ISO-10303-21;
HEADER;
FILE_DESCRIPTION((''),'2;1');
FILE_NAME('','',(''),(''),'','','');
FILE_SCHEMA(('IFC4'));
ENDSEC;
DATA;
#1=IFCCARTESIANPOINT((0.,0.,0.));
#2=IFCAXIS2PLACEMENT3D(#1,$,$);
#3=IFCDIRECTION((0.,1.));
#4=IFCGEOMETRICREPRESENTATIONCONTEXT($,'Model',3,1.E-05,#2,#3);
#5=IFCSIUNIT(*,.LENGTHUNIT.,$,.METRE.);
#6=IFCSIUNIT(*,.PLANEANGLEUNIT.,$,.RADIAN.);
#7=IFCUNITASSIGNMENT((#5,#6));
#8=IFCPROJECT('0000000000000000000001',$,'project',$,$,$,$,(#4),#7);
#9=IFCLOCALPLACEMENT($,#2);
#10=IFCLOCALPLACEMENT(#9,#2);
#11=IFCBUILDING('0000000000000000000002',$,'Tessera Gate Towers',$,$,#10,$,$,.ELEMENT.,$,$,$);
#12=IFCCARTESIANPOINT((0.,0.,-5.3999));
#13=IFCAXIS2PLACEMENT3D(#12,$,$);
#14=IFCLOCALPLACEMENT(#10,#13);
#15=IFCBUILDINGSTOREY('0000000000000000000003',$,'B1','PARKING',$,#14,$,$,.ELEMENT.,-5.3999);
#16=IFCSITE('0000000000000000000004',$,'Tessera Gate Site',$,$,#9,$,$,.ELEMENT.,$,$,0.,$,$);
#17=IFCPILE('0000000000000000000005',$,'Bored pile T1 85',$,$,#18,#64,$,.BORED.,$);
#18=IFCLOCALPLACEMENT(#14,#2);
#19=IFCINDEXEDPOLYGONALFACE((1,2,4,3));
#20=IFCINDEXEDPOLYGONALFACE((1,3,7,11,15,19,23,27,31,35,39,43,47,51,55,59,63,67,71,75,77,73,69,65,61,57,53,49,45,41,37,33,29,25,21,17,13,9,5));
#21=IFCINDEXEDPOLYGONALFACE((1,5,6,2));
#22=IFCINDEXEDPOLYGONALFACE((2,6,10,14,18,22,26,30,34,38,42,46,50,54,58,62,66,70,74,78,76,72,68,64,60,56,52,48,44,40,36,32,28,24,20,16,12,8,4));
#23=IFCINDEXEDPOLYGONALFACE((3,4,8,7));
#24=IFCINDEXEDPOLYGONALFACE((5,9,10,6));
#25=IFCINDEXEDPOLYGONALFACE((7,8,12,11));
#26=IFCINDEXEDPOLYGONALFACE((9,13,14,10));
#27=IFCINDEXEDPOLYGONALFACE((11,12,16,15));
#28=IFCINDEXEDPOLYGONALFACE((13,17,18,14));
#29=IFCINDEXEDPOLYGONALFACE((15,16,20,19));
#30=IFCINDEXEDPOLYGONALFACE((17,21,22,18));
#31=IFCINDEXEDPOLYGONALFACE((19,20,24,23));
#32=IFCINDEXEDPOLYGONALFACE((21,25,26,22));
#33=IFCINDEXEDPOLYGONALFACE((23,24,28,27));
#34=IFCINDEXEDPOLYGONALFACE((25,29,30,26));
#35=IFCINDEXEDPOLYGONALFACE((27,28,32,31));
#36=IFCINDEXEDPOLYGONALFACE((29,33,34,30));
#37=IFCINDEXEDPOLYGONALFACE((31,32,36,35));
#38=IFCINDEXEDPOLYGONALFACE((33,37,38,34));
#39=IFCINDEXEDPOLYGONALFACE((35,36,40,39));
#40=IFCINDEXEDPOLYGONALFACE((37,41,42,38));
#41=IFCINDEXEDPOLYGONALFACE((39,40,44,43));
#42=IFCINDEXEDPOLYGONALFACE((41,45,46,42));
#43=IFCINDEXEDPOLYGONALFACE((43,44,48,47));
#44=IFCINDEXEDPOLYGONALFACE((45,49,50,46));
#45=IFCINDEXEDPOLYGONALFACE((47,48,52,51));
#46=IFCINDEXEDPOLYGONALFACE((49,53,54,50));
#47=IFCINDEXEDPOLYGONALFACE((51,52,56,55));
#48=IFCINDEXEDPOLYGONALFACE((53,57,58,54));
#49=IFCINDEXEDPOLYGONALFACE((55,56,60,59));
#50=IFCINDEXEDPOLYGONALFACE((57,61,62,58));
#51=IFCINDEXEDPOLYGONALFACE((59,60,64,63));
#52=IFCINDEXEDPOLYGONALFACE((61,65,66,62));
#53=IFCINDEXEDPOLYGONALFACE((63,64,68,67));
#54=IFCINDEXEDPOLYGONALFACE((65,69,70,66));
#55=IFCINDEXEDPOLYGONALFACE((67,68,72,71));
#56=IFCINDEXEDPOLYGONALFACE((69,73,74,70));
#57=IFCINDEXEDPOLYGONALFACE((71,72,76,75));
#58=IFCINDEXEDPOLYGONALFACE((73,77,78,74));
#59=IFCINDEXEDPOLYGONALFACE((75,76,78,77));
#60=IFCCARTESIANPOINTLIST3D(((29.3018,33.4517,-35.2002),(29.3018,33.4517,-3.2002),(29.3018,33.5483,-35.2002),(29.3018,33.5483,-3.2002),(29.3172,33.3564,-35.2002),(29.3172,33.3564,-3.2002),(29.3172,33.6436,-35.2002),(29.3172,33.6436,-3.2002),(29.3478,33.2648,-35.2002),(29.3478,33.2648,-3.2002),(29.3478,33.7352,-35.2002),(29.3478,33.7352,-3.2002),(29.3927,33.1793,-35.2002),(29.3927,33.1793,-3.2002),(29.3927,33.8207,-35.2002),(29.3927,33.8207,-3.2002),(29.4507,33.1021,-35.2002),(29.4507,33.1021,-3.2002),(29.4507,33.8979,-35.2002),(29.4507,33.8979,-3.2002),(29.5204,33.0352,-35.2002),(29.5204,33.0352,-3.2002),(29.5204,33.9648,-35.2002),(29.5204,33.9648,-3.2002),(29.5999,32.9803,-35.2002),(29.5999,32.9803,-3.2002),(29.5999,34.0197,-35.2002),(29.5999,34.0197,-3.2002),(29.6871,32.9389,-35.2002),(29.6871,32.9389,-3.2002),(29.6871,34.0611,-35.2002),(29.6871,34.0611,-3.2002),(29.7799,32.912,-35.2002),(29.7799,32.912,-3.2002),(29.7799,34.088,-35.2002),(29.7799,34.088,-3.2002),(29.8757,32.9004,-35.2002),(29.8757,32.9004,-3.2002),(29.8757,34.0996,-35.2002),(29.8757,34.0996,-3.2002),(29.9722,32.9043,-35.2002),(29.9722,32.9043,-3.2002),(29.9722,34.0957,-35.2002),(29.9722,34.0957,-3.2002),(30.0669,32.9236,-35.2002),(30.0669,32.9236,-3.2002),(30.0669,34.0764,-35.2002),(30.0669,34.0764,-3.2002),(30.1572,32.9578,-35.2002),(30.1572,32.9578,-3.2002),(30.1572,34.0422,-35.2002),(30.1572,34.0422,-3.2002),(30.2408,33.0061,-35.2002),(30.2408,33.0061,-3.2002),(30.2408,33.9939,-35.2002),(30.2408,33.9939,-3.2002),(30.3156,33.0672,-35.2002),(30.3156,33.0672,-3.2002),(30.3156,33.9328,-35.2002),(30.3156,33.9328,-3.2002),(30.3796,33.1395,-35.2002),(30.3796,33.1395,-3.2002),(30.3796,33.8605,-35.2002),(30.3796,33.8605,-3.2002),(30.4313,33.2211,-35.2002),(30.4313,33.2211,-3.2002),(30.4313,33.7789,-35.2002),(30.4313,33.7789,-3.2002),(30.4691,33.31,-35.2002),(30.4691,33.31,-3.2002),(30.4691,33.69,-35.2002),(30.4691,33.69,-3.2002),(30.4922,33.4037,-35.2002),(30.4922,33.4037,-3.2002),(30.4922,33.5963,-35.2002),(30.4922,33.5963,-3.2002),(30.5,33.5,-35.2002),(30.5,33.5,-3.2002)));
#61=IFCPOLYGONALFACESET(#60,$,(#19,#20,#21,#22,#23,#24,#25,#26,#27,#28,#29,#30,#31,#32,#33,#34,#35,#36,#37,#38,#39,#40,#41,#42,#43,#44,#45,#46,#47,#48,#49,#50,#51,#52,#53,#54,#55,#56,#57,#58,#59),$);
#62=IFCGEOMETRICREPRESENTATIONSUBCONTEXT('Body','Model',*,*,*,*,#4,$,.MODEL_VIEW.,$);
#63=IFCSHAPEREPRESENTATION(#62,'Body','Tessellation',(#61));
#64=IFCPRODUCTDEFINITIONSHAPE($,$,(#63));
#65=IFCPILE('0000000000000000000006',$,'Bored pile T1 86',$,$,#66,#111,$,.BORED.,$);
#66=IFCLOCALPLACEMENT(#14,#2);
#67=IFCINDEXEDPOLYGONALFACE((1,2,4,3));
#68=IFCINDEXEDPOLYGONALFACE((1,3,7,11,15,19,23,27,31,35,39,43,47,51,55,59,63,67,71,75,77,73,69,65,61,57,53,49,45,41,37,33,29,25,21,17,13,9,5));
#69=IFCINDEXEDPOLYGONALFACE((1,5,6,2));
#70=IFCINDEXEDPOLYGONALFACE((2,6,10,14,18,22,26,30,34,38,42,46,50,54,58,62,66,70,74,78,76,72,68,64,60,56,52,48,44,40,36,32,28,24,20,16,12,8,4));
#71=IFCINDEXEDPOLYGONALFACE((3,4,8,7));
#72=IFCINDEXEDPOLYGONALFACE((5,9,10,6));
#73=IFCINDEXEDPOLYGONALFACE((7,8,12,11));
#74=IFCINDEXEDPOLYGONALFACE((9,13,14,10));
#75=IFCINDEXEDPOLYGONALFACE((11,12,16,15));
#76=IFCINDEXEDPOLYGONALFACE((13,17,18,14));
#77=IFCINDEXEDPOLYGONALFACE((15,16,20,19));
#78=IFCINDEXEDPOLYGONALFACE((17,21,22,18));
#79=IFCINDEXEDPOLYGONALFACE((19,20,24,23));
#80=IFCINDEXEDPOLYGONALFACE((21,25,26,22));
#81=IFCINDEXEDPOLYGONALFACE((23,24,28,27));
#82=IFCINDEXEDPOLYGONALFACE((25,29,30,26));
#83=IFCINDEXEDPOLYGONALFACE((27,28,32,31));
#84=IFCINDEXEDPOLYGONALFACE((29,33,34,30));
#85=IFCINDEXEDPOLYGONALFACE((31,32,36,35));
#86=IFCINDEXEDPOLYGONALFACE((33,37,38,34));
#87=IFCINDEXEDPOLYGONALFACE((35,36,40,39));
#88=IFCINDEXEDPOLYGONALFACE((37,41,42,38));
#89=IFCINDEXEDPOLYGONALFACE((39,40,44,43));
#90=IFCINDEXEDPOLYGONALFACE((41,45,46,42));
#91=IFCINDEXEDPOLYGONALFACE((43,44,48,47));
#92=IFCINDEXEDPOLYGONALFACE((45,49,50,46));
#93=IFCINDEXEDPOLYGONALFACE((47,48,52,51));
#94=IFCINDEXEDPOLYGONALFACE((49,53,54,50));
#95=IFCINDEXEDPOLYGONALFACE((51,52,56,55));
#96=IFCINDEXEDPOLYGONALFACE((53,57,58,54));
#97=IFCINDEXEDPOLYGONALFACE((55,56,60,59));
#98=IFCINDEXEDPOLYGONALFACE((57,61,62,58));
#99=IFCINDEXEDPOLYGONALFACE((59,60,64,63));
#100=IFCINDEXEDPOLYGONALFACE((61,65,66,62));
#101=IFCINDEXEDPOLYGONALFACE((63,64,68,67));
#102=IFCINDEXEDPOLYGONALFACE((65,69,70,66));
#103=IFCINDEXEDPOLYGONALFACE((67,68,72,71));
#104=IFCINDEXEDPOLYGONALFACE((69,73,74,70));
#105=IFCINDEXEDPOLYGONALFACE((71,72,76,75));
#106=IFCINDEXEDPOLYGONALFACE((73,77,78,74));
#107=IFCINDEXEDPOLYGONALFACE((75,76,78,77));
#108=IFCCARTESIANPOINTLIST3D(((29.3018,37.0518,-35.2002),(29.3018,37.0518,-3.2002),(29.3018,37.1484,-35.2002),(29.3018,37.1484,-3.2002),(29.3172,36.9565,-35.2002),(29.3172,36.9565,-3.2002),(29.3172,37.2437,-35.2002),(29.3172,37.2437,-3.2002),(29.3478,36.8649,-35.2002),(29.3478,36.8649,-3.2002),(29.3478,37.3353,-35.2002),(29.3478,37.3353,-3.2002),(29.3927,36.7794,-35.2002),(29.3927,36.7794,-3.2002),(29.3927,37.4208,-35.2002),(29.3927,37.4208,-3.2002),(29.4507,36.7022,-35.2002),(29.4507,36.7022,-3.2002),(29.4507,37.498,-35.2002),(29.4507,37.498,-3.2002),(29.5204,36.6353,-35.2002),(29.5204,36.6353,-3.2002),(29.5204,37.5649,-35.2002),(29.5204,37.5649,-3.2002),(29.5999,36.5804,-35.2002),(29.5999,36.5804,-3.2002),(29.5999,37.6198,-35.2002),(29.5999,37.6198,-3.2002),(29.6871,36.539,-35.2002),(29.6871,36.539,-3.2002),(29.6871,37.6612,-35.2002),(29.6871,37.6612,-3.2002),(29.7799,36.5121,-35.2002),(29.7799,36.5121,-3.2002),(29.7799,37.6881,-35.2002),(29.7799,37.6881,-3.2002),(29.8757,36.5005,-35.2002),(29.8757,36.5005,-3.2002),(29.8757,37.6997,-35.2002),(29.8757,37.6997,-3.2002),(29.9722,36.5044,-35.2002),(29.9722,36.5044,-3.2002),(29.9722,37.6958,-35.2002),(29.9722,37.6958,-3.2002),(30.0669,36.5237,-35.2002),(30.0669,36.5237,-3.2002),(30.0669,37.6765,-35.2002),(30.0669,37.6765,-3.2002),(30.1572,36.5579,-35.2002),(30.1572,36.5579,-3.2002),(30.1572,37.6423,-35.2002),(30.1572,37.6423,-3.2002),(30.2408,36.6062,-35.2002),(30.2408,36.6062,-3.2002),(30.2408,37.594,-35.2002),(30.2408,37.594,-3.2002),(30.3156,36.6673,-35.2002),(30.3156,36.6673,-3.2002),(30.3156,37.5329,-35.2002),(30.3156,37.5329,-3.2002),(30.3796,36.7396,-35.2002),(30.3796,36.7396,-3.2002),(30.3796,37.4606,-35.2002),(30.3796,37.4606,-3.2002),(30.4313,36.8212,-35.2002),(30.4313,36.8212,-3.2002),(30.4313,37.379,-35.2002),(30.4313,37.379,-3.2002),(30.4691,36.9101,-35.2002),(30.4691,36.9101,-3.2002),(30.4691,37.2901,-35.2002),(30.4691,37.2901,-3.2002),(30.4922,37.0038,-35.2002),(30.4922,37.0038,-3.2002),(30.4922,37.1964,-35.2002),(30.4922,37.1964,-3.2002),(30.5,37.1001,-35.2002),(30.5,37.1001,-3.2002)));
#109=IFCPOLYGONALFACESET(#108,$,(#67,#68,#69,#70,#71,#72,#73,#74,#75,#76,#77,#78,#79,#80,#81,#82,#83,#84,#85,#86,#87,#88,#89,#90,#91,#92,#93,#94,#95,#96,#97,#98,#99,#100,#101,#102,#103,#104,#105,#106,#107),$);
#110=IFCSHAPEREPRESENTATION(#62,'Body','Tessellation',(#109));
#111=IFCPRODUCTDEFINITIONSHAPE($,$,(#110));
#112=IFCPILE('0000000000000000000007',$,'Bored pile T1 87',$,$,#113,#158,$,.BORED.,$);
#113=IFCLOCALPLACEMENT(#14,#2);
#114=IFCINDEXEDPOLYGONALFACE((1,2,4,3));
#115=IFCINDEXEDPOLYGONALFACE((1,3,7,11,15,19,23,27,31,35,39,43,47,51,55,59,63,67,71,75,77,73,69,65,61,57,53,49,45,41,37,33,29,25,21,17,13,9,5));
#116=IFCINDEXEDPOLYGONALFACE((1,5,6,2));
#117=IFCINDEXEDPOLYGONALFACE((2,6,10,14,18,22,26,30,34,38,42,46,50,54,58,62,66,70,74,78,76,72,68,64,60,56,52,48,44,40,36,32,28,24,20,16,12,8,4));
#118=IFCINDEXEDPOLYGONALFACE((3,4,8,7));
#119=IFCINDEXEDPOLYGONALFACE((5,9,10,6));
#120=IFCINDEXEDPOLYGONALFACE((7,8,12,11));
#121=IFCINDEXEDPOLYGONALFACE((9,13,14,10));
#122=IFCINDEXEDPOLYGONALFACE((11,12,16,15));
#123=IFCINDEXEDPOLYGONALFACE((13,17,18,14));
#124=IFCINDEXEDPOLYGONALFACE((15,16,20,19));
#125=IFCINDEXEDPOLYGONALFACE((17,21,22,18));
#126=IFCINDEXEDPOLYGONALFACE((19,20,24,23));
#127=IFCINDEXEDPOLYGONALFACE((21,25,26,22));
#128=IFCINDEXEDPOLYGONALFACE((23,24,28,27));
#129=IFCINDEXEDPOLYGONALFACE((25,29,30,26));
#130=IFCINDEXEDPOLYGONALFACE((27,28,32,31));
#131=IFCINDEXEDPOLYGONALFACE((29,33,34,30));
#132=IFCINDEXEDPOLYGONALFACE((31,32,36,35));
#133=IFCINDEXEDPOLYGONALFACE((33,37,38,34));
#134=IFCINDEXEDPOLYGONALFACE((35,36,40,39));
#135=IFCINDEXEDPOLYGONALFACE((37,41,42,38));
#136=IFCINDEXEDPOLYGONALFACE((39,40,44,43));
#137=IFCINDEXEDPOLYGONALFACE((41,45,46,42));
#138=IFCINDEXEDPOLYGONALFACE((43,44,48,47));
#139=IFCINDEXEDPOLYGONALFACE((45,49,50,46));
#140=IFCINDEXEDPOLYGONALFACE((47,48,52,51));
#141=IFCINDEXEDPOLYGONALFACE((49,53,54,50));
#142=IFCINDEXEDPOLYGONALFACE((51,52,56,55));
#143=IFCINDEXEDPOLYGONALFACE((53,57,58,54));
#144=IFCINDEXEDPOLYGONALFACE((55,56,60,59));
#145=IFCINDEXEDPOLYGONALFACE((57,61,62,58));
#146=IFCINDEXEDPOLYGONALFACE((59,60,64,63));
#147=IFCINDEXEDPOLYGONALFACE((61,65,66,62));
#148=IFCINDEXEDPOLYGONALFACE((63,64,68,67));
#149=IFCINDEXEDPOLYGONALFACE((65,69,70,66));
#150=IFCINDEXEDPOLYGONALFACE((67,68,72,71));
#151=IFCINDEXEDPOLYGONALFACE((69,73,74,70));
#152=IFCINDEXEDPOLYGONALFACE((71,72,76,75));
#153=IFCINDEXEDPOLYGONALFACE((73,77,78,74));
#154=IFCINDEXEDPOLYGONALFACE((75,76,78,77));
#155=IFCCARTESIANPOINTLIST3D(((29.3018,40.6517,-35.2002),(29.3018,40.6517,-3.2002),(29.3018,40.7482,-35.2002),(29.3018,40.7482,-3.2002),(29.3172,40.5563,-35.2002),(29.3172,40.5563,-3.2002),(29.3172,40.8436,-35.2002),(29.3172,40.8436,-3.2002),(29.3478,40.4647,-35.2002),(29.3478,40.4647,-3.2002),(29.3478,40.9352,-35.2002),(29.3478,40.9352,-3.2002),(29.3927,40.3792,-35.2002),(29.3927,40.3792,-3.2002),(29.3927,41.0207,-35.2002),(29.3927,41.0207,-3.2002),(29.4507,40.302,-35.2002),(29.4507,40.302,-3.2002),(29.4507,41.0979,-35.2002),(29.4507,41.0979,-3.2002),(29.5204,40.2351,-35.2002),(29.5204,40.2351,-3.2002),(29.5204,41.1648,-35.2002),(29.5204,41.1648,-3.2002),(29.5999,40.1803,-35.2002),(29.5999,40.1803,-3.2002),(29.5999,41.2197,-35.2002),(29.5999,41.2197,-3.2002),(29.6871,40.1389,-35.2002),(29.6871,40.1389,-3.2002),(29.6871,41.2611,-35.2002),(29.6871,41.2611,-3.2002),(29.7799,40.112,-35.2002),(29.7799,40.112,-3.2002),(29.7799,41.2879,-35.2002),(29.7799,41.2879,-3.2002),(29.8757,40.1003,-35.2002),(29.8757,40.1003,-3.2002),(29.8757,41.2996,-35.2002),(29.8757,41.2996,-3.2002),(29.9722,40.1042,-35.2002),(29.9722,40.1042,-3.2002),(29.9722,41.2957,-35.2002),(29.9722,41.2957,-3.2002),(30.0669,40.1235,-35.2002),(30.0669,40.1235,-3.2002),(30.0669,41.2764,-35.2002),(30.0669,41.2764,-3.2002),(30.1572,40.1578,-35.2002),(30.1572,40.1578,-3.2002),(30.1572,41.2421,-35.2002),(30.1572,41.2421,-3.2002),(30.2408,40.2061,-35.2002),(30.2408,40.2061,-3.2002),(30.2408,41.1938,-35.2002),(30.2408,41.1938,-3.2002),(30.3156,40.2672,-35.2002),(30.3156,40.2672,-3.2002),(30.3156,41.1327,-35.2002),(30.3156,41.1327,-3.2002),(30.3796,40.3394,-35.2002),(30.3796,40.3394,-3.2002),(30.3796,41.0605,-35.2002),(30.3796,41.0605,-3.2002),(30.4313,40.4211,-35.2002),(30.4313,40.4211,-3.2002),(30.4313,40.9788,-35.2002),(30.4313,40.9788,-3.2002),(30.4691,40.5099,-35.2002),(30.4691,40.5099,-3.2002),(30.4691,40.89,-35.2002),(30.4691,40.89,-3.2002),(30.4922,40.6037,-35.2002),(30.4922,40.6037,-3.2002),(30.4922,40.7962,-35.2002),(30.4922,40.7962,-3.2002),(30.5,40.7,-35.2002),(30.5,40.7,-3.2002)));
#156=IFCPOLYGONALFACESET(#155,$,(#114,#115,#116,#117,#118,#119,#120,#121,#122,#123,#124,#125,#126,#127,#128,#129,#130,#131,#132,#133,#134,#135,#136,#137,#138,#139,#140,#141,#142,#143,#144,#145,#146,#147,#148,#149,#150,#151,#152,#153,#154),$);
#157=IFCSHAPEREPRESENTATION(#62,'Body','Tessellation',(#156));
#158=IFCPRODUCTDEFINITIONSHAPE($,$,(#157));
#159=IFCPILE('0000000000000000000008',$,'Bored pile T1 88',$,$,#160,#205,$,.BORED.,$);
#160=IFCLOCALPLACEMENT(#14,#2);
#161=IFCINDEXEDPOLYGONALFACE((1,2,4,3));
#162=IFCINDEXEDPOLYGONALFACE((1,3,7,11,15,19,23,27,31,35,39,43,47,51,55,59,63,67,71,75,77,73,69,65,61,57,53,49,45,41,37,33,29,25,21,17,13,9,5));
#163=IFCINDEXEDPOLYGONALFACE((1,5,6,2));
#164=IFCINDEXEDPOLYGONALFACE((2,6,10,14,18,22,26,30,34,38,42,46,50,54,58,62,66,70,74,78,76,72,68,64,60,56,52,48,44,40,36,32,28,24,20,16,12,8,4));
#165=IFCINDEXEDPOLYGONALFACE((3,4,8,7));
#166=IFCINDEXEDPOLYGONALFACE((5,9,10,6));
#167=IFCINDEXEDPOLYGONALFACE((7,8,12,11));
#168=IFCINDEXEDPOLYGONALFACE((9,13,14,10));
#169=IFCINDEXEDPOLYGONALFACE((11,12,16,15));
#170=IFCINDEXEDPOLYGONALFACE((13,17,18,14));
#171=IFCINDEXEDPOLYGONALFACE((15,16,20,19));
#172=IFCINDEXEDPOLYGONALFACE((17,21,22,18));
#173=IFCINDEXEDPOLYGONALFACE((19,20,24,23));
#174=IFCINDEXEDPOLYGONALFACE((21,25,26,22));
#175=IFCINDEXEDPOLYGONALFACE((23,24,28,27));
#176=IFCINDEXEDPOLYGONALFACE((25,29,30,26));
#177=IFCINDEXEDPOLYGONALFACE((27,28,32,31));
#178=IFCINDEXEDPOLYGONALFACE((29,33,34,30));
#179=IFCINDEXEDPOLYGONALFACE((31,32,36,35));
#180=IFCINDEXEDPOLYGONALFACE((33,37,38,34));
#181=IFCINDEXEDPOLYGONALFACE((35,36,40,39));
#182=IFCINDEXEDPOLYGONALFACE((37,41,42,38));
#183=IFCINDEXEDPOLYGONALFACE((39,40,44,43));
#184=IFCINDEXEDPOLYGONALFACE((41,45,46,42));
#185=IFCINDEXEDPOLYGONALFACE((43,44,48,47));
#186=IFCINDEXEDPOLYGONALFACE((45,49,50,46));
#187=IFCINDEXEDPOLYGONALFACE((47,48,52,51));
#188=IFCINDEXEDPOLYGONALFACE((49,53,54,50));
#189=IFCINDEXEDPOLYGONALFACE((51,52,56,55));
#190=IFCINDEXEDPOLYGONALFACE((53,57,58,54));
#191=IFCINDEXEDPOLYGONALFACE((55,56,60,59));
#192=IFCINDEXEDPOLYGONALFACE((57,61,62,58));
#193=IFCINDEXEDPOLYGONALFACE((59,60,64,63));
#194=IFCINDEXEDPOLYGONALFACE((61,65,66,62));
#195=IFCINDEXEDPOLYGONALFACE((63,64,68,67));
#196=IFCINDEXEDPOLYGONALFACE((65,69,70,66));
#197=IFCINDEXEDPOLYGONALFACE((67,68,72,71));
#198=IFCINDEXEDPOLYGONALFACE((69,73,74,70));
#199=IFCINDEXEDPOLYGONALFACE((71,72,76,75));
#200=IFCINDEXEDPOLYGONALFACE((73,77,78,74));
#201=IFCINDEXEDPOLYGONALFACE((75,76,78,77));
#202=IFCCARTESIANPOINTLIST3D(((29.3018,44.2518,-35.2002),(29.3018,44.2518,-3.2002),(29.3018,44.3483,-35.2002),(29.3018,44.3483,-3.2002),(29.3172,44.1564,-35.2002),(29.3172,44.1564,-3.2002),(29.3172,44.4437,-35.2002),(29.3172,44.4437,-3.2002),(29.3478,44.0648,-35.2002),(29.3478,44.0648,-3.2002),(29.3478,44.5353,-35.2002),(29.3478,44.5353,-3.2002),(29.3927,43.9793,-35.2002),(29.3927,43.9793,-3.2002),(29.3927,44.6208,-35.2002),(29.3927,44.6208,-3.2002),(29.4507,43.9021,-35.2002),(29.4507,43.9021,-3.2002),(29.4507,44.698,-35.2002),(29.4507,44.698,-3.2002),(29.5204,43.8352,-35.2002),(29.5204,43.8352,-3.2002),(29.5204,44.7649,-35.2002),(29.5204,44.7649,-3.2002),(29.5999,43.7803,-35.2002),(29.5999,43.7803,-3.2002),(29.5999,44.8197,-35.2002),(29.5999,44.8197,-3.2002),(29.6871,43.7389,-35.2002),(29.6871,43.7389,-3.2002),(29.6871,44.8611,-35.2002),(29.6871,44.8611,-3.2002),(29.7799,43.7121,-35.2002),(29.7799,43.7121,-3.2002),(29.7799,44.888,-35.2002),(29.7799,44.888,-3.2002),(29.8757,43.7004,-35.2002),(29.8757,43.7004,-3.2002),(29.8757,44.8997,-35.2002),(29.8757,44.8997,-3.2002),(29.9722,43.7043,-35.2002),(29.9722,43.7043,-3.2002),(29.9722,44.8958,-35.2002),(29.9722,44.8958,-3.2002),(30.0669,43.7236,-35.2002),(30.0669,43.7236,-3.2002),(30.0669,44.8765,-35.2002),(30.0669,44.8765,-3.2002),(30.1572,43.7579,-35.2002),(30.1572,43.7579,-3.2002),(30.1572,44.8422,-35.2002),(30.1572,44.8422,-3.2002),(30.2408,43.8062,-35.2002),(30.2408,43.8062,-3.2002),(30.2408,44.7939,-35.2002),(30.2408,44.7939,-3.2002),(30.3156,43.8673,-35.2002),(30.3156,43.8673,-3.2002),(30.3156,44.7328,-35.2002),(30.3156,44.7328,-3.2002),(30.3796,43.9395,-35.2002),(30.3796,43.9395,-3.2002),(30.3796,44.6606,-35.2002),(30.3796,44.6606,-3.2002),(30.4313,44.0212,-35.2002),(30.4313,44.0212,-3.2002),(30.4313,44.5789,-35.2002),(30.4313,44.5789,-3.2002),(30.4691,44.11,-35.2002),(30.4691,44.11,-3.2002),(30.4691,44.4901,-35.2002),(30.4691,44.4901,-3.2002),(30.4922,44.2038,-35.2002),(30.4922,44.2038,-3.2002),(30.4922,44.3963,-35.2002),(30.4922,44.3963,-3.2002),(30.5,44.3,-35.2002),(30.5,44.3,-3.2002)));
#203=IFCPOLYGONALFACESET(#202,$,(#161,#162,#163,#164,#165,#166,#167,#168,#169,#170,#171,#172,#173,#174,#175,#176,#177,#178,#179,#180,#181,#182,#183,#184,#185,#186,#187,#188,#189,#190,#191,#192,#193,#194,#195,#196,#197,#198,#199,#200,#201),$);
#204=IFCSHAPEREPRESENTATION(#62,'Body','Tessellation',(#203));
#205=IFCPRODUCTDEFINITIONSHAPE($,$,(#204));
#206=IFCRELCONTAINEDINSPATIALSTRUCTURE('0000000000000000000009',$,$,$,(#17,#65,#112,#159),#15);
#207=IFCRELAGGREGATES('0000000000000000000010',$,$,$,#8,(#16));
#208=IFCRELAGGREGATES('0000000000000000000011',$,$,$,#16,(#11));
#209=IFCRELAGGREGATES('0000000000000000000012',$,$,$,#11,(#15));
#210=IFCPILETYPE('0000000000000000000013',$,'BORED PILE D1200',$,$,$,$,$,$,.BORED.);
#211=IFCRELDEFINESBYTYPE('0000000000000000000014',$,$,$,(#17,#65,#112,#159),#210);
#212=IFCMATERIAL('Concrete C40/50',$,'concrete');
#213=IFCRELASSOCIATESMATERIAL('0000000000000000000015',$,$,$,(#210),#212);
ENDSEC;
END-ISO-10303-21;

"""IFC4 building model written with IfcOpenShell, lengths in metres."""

from ifc_helpers import new_model, si_unit, direction, frame, origin, origin_2d, place, context, subcontext, project, spatial, circle, extrude, material, material_profile, profile_set, type_object, element, save


model = new_model("IFC4")

# Units and contexts
model_context = context("Model", 3, precision=1e-05, world=origin(), true_north=direction((0.0, 1.0)))
body_context = subcontext(model_context, "Body", "Model", "MODEL_VIEW")
ifc_project = project(units=[si_unit("LENGTHUNIT", "METRE"), si_unit("PLANEANGLEUNIT", "RADIAN")], contexts=[model_context])

# Site, building, storey
site_placement = place(None, origin())
site = spatial("IfcSite", under=ifc_project, at=site_placement, Name="Tessera Gate Site", CompositionType="ELEMENT", RefElevation=0.0)
building_placement = place(site_placement, origin())
building = spatial("IfcBuilding", under=site, at=building_placement, Name="Tessera Gate Towers", CompositionType="ELEMENT")
storey_placement = place(building_placement, frame((0.0, 0.0, -5.3999)))
storey = spatial("IfcBuildingStorey", under=building, at=storey_placement, Name="B1", Description="PARKING", CompositionType="ELEMENT", Elevation=-5.3999)

# Piles
ifc_material_1 = material(Name="Concrete C40/50", Category="concrete")
ifc_material_profile_1 = material_profile(ifc_material_1, circle(Radius=0.6001, at=origin_2d()), Name="BORED PILE D1200")
ifc_profile_set_1 = profile_set([ifc_material_profile_1], Name="Concrete C40/50")
pile_type = type_object("IfcPileType", Name="BORED PILE D1200", PredefinedType="BORED", material=ifc_profile_set_1)
for number, where, z_axis, x_axis, name in (
    (1, (29.8999, 33.5, -3.2002), (0.0, 0.0, -1.0), (1.0, 0.0, 0.0), "Bored pile T1 85"),
    (2, (29.8999, 37.1001, -3.2002), (0.0, 0.0, -1.0), (1.0, 0.0, 0.0), "Bored pile T1 86"),
    (3, (29.8999, 40.7, -3.2002), (0.0, 0.0, -1.0), (1.0, 0.0, 0.0), "Bored pile T1 87"),
    (4, (29.8999, 44.3, -3.2002), (0.0, 0.0, -1.0), (1.0, 0.0, 0.0), "Bored pile T1 88"),
):
    element("IfcPile", number, at=place(storey_placement, frame(where, z_axis=z_axis, x_axis=x_axis)), inside=storey, type_object=pile_type, Name=name, PredefinedType="BORED", context=body_context, shape_type="SweptSolid", body=[
        extrude(circle(Radius=0.6001, at=origin_2d()), origin(), (0.0, 0.0, 1.0), 32.0),
    ])

save(model, "model.ifc")
